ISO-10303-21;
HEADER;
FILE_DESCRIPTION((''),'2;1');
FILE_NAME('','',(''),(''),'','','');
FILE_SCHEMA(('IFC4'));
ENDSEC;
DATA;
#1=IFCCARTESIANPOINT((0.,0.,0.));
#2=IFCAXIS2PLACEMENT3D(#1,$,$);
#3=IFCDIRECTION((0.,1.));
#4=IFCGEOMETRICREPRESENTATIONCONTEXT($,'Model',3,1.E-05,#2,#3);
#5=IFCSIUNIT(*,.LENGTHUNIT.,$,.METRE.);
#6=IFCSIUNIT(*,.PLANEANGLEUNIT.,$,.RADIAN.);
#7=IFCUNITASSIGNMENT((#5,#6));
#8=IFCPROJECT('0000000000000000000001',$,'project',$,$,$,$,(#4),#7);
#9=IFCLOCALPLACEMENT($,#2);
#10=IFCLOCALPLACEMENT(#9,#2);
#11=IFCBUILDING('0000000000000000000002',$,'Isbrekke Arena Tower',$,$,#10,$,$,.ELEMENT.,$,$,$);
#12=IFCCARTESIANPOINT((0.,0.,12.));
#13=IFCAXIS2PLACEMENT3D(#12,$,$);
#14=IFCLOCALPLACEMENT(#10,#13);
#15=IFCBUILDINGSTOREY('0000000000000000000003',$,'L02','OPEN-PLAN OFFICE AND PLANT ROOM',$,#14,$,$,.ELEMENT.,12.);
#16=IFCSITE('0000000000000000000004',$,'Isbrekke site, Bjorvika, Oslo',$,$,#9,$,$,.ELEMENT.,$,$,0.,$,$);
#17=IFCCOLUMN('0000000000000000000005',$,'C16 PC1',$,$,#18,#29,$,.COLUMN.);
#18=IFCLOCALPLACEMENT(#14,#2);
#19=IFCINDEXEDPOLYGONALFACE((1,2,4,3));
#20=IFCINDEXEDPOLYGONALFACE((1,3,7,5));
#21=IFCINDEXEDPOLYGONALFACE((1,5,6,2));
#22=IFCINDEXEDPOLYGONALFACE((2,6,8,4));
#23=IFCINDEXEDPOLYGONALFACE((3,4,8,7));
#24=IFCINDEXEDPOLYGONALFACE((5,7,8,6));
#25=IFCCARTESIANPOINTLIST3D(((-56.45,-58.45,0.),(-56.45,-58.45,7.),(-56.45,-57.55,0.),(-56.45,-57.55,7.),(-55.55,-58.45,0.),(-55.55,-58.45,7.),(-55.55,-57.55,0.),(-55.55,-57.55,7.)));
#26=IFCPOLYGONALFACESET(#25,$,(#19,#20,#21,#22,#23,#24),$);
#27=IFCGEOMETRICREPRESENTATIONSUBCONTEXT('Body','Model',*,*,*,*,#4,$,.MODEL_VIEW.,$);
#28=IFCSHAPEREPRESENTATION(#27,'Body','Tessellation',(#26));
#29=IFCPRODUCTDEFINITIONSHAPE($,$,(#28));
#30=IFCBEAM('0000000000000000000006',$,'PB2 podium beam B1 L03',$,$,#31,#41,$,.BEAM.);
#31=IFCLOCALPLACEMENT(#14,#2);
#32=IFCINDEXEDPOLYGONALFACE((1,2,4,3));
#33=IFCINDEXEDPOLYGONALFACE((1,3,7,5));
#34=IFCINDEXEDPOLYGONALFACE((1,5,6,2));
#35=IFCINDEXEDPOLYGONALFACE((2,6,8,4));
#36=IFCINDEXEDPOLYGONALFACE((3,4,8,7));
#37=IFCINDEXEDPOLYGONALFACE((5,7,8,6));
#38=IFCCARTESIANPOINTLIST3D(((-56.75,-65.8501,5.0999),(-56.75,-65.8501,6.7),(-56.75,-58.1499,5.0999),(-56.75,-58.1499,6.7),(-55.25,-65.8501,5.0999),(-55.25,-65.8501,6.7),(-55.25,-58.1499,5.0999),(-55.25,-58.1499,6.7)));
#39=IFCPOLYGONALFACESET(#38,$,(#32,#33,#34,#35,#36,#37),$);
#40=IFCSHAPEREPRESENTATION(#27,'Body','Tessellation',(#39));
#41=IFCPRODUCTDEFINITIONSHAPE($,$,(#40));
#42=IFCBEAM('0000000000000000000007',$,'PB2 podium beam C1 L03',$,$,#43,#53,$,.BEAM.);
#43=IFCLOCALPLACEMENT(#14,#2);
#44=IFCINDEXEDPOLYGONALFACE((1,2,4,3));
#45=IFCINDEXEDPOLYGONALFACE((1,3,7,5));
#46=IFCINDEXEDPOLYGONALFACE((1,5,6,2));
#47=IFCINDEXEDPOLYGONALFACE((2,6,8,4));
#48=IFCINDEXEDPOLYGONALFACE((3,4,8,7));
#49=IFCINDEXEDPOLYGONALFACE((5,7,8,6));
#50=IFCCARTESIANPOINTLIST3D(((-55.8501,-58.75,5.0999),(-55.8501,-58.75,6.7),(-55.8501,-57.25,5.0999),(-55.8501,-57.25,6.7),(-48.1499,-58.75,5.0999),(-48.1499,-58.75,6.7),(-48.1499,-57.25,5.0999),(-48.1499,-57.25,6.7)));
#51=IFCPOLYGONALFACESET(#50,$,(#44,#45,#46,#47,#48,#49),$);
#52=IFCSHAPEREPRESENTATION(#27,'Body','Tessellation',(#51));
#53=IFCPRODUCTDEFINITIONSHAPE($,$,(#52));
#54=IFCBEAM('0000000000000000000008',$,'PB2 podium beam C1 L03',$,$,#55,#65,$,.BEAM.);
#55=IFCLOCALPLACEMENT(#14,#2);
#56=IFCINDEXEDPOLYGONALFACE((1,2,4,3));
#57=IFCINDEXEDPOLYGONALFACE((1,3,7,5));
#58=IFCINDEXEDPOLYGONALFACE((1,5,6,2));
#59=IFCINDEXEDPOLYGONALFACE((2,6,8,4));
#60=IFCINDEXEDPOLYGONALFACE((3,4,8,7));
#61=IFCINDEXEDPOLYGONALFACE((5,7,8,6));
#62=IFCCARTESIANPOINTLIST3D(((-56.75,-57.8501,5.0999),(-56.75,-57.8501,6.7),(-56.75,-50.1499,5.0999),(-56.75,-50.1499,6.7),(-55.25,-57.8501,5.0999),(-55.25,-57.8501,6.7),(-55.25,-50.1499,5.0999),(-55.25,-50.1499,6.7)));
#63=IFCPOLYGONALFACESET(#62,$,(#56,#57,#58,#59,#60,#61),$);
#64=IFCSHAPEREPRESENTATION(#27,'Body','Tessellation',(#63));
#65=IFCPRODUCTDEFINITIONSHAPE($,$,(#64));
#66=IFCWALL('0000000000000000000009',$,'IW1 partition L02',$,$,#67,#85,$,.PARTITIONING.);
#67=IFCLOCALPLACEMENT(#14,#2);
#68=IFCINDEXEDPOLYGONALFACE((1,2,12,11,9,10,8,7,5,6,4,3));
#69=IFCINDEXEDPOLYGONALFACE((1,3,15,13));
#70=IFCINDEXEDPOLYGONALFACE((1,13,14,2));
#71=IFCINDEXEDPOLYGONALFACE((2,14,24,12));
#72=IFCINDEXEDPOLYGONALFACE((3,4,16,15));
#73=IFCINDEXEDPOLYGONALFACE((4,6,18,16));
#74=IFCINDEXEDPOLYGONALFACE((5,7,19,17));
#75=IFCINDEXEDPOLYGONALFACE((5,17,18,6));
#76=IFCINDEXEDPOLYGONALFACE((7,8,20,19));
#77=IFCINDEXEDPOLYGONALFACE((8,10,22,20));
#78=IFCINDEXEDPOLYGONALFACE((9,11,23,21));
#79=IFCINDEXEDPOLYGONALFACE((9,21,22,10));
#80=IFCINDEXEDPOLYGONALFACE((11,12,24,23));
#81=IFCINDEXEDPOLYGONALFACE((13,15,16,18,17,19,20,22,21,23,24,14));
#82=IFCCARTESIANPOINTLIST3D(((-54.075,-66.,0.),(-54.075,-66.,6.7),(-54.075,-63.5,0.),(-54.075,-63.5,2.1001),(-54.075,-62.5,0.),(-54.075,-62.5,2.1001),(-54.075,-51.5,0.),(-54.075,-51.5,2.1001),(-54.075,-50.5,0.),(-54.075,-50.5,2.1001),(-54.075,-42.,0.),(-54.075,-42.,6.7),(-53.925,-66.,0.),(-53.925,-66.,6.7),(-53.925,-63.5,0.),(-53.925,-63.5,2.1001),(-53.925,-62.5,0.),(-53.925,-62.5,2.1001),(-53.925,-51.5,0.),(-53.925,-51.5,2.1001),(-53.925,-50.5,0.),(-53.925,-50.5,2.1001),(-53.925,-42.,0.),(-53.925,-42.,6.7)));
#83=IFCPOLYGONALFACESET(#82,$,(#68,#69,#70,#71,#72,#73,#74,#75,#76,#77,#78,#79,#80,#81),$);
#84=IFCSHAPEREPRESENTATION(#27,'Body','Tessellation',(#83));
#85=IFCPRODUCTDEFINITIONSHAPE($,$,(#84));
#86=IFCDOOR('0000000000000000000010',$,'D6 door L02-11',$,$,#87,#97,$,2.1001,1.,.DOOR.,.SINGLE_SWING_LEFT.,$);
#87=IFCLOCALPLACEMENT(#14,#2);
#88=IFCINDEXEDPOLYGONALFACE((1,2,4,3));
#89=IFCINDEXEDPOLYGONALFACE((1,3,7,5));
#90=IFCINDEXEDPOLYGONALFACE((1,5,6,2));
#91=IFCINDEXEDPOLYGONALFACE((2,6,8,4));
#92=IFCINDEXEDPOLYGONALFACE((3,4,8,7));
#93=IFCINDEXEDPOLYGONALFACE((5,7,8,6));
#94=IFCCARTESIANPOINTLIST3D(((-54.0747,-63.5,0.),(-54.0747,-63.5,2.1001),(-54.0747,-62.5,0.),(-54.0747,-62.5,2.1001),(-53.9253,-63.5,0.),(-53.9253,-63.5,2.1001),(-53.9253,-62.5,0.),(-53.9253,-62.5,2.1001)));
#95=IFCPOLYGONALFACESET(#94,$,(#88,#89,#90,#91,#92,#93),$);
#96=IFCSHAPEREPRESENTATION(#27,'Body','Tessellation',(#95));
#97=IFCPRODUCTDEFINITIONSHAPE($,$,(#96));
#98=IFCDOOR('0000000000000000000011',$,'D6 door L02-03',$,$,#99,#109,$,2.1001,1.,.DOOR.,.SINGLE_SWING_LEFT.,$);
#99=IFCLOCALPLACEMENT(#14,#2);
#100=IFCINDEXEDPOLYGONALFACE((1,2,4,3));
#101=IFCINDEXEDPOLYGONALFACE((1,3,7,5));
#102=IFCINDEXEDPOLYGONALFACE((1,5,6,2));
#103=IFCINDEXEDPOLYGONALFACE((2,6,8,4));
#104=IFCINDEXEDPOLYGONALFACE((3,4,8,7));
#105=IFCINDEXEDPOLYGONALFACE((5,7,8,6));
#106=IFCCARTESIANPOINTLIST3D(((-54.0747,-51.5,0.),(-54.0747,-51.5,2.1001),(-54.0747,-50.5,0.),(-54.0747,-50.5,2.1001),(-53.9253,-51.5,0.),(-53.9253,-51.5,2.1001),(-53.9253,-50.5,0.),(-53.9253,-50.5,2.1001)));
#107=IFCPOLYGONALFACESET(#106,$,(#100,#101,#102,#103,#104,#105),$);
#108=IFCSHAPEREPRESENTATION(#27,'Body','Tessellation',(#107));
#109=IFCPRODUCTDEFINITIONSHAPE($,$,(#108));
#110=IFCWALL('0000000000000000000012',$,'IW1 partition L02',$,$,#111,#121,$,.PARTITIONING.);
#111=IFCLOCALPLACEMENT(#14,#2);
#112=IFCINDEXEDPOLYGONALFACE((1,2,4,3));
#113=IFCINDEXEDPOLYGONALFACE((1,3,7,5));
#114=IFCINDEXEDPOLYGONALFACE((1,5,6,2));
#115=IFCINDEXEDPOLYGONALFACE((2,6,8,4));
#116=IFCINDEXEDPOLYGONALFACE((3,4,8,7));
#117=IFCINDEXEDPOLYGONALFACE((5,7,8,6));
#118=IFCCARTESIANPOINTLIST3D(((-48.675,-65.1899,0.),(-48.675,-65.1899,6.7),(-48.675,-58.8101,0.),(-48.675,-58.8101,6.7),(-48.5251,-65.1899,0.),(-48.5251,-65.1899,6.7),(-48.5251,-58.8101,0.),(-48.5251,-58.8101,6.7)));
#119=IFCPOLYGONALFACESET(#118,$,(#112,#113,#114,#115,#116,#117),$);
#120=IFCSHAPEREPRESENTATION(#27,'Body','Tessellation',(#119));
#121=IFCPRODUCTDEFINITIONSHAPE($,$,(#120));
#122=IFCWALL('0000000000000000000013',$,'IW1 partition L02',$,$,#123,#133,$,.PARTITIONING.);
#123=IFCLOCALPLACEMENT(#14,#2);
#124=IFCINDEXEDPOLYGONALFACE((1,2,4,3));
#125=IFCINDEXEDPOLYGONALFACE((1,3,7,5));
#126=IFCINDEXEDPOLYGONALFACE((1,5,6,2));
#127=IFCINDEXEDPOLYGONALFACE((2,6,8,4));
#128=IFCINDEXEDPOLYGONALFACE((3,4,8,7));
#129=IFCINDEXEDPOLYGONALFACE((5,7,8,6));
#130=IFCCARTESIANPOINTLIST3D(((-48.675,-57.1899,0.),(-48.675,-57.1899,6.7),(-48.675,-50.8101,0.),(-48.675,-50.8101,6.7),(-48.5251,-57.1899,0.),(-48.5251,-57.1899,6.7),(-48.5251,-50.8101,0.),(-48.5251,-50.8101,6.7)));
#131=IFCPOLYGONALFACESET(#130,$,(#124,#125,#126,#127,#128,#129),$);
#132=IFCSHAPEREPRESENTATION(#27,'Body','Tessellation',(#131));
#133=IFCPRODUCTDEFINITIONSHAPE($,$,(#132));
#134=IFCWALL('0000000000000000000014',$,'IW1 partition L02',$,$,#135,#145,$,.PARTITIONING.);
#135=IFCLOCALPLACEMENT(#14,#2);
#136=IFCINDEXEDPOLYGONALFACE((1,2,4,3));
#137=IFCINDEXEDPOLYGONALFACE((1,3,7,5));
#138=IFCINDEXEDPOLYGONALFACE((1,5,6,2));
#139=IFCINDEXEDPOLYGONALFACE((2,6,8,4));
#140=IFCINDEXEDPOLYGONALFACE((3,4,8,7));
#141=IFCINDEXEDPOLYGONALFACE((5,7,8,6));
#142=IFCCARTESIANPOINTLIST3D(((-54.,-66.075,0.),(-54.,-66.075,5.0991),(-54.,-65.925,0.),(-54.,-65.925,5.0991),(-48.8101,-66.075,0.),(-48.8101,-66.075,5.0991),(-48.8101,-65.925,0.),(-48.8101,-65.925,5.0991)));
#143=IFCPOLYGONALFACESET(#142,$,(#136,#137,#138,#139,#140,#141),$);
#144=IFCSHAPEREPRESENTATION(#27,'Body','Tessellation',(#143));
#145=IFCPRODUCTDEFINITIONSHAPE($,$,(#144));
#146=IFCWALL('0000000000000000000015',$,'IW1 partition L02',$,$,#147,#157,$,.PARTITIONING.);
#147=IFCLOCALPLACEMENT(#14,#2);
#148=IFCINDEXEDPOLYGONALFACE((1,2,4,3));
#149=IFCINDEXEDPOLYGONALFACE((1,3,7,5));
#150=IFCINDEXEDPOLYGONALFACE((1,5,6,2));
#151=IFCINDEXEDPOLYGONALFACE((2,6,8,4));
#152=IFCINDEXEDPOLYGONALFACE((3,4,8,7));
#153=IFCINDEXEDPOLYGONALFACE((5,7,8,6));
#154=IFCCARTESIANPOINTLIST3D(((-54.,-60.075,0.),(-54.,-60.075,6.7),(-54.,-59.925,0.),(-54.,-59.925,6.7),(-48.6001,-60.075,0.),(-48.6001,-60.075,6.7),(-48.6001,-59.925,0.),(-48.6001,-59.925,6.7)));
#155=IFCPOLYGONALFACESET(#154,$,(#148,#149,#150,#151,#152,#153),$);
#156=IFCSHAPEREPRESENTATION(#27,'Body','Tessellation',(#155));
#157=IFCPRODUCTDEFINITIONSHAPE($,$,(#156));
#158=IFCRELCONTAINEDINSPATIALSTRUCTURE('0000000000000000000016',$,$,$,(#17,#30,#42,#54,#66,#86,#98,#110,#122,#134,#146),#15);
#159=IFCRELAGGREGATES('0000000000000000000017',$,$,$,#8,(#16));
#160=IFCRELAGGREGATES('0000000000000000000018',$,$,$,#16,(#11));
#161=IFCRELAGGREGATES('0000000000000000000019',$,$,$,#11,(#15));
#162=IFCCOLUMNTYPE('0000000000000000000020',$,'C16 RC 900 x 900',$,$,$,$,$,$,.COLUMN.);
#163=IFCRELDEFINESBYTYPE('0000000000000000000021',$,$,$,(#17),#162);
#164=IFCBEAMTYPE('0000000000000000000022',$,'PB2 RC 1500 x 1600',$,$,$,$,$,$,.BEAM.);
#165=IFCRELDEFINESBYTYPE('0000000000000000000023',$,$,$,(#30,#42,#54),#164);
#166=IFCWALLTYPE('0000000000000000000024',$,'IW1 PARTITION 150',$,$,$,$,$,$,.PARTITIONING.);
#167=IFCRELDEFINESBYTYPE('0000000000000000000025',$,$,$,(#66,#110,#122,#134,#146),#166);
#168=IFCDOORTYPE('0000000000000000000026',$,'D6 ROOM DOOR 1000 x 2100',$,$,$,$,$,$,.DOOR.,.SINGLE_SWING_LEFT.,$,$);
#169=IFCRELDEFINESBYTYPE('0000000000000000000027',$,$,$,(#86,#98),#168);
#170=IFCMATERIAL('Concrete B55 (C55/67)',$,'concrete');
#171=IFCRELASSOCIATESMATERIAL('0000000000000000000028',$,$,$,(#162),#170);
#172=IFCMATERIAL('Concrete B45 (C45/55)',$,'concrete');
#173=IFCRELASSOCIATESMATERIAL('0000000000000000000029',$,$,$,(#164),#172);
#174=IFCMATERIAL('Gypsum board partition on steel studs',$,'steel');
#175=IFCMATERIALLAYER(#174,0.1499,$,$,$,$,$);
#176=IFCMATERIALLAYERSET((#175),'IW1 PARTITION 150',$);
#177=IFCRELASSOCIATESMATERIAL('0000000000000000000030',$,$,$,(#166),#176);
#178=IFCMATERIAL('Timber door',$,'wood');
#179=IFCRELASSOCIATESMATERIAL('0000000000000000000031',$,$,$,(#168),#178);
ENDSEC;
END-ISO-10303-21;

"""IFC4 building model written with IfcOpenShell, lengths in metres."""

from ifc_helpers import new_model, si_unit, direction, frame, frame_2d, origin, origin_2d, place, context, subcontext, project, spatial, rectangle, extrude, material, layer, layer_set, material_profile, profile_set, type_object, element, fill, save


model = new_model("IFC4")

# Units and contexts
model_context = context("Model", 3, precision=1e-05, world=origin(), true_north=direction((0.0, 1.0)))
body_context = subcontext(model_context, "Body", "Model", "MODEL_VIEW")
ifc_project = project(units=[si_unit("LENGTHUNIT", "METRE"), si_unit("PLANEANGLEUNIT", "RADIAN")], contexts=[model_context])

# Site, building, storey
site_placement = place(None, origin())
site = spatial("IfcSite", under=ifc_project, at=site_placement, Name="Isbrekke site, Bjorvika, Oslo", CompositionType="ELEMENT", RefElevation=0.0)
building_placement = place(site_placement, origin())
building = spatial("IfcBuilding", under=site, at=building_placement, Name="Isbrekke Arena Tower", CompositionType="ELEMENT")
storey_placement = place(building_placement, frame((0.0, 0.0, 12.0)))
storey = spatial("IfcBuildingStorey", under=building, at=storey_placement, Name="L02", Description="OPEN-PLAN OFFICE AND PLANT ROOM", CompositionType="ELEMENT", Elevation=12.0)

# Column
ifc_material_1 = material(Name="Concrete B55 (C55/67)", Category="concrete")
ifc_material_profile_1 = material_profile(ifc_material_1, rectangle(XDim=0.8999, YDim=0.8999, at=origin_2d()), Name="RC 900x900")
ifc_profile_set_1 = profile_set([ifc_material_profile_1], Name="Concrete B55 (C55/67)")
column_type = type_object("IfcColumnType", Name="C16 RC 900 x 900", PredefinedType="COLUMN", material=ifc_profile_set_1)
column_placement = place(storey_placement, frame((-56.0, -58.0, 0.0), z_axis=(0.0, 0.0, 1.0), x_axis=(1.0, 0.0, 0.0)))
element("IfcColumn", 1, at=column_placement, inside=storey, type_object=column_type, Name="C16 PC1", PredefinedType="COLUMN", context=body_context, shape_type="SweptSolid", body=[
    extrude(rectangle(XDim=0.8999, YDim=0.8999, at=origin_2d()), origin(), (0.0, 0.0, 1.0), 7.0),
])

# Beams
ifc_material_2 = material(Name="Concrete B45 (C45/55)", Category="concrete")
ifc_material_profile_2 = material_profile(ifc_material_2, rectangle(XDim=1.5, YDim=1.6001, at=origin_2d()), Name="RC 1500x1600")
ifc_profile_set_2 = profile_set([ifc_material_profile_2], Name="Concrete B45 (C45/55)")
beam_type = type_object("IfcBeamType", Name="PB2 RC 1500 x 1600", PredefinedType="BEAM", material=ifc_profile_set_2)
for number, where, z_axis, x_axis, name in (
    (2, (-56.0, -65.8501, 5.8999), (0.0, 1.0, 0.0), (-1.0, 0.0, 0.0), "PB2 podium beam B1 L03"),
    (3, (-55.8501, -58.0, 5.8999), (1.0, 0.0, 0.0), (0.0, 1.0, 0.0), "PB2 podium beam C1 L03"),
    (4, (-56.0, -57.8501, 5.8999), (0.0, 1.0, 0.0), (-1.0, 0.0, 0.0), "PB2 podium beam C1 L03"),
):
    element("IfcBeam", number, at=place(storey_placement, frame(where, z_axis=z_axis, x_axis=x_axis)), inside=storey, type_object=beam_type, Name=name, PredefinedType="BEAM", context=body_context, shape_type="SweptSolid", body=[
        extrude(rectangle(XDim=1.5, YDim=1.6001, at=origin_2d()), origin(), (0.0, 0.0, 1.0), 7.7002),
    ])

# Wall, openings, doors
ifc_material_3 = material(Name="Gypsum board partition on steel studs", Category="steel")
ifc_layer = layer(ifc_material_3, 0.1499)
ifc_layer_set = layer_set([ifc_layer], Name="IW1 PARTITION 150")
wall_type = type_object("IfcWallType", Name="IW1 PARTITION 150", PredefinedType="PARTITIONING", material=ifc_layer_set)
wall_1_placement = place(storey_placement, frame((-54.0, -66.0, 0.0), z_axis=(0.0, 0.0, 1.0), x_axis=(0.0, 1.0, 0.0)))
wall_1 = element("IfcWall", 5, at=wall_1_placement, inside=storey, type_object=wall_type, Name="IW1 partition L02", PredefinedType="PARTITIONING", context=body_context, shape_type="SweptSolid", body=[
    extrude(rectangle(XDim=24.0, YDim=0.1499, at=frame_2d((12.0, 0.0))), origin(), (0.0, 0.0, 1.0), 6.7),
])
opening_1_placement = place(wall_1_placement, frame((2.5, 0.0, 0.0)))
opening_1 = element("IfcOpeningElement", 6, at=opening_1_placement, cuts=wall_1, PredefinedType="OPENING", context=body_context, shape_type="SweptSolid", body=[
    extrude(rectangle(XDim=1.0, YDim=2.1001, at=frame_2d((0.5, 1.05))), frame((0.0, 0.0898, 0.0), z_axis=(0.0, -1.0, 0.0), x_axis=(1.0, 0.0, 0.0)), (0.0, 0.0, 1.0), 0.1797),
])
opening_2_placement = place(wall_1_placement, frame((14.5, 0.0, 0.0)))
opening_2 = element("IfcOpeningElement", 7, at=opening_2_placement, cuts=wall_1, PredefinedType="OPENING", context=body_context, shape_type="SweptSolid", body=[
    extrude(rectangle(XDim=1.0, YDim=2.1001, at=frame_2d((0.5, 1.05))), frame((0.0, 0.0898, 0.0), z_axis=(0.0, -1.0, 0.0), x_axis=(1.0, 0.0, 0.0)), (0.0, 0.0, 1.0), 0.1797),
])
ifc_material_4 = material(Name="Timber door", Category="wood")
door_type = type_object("IfcDoorType", Name="D6 ROOM DOOR 1000 x 2100", OperationType="SINGLE_SWING_LEFT", PredefinedType="DOOR", material=ifc_material_4)
door_1_placement = place(opening_1_placement, origin())
door_1 = element("IfcDoor", 8, at=door_1_placement, inside=storey, type_object=door_type, Name="D6 door L02-11", OperationType="SINGLE_SWING_LEFT", OverallHeight=2.1001, OverallWidth=1.0, PredefinedType="DOOR", context=body_context, shape_type="SweptSolid", body=[
    extrude(rectangle(XDim=1.0, YDim=2.1001, at=frame_2d((0.5, 1.05))), frame((0.0, 0.0747, 0.0), z_axis=(0.0, -1.0, 0.0), x_axis=(1.0, 0.0, 0.0)), (0.0, 0.0, 1.0), 0.1494),
])
fill(opening_1, door_1)
door_2_placement = place(opening_2_placement, origin())
door_2 = element("IfcDoor", 9, at=door_2_placement, inside=storey, type_object=door_type, Name="D6 door L02-03", OperationType="SINGLE_SWING_LEFT", OverallHeight=2.1001, OverallWidth=1.0, PredefinedType="DOOR", context=body_context, shape_type="SweptSolid", body=[
    extrude(rectangle(XDim=1.0, YDim=2.1001, at=frame_2d((0.5, 1.05))), frame((0.0, 0.0747, 0.0), z_axis=(0.0, -1.0, 0.0), x_axis=(1.0, 0.0, 0.0)), (0.0, 0.0, 1.0), 0.1494),
])
fill(opening_2, door_2)

# Walls
for number, where, z_axis, x_axis, name in (
    (10, (-48.6001, -65.1899, 0.0), (0.0, 0.0, 1.0), (0.0, 1.0, 0.0), "IW1 partition L02"),
    (11, (-48.6001, -57.1899, 0.0), (0.0, 0.0, 1.0), (0.0, 1.0, 0.0), "IW1 partition L02"),
):
    element("IfcWall", number, at=place(storey_placement, frame(where, z_axis=z_axis, x_axis=x_axis)), inside=storey, type_object=wall_type, Name=name, PredefinedType="PARTITIONING", context=body_context, shape_type="SweptSolid", body=[
        extrude(rectangle(XDim=6.3799, YDim=0.1499, at=frame_2d((3.1899, 0.0))), origin(), (0.0, 0.0, 1.0), 6.7),
    ])
wall_2_placement = place(storey_placement, frame((-54.0, -66.0, 0.0), z_axis=(0.0, 0.0, 1.0), x_axis=(1.0, 0.0, 0.0)))
element("IfcWall", 12, at=wall_2_placement, inside=storey, type_object=wall_type, Name="IW1 partition L02", PredefinedType="PARTITIONING", context=body_context, shape_type="SweptSolid", body=[
    extrude(rectangle(XDim=5.1899, YDim=0.1499, at=frame_2d((2.595, 0.0))), origin(), (0.0, 0.0, 1.0), 5.0991),
])
wall_3_placement = place(storey_placement, frame((-54.0, -60.0, 0.0), z_axis=(0.0, 0.0, 1.0), x_axis=(1.0, 0.0, 0.0)))
element("IfcWall", 13, at=wall_3_placement, inside=storey, type_object=wall_type, Name="IW1 partition L02", PredefinedType="PARTITIONING", context=body_context, shape_type="SweptSolid", body=[
    extrude(rectangle(XDim=5.3999, YDim=0.1499, at=frame_2d((2.7, 0.0))), origin(), (0.0, 0.0, 1.0), 6.7),
])

save(model, "model.ifc")
